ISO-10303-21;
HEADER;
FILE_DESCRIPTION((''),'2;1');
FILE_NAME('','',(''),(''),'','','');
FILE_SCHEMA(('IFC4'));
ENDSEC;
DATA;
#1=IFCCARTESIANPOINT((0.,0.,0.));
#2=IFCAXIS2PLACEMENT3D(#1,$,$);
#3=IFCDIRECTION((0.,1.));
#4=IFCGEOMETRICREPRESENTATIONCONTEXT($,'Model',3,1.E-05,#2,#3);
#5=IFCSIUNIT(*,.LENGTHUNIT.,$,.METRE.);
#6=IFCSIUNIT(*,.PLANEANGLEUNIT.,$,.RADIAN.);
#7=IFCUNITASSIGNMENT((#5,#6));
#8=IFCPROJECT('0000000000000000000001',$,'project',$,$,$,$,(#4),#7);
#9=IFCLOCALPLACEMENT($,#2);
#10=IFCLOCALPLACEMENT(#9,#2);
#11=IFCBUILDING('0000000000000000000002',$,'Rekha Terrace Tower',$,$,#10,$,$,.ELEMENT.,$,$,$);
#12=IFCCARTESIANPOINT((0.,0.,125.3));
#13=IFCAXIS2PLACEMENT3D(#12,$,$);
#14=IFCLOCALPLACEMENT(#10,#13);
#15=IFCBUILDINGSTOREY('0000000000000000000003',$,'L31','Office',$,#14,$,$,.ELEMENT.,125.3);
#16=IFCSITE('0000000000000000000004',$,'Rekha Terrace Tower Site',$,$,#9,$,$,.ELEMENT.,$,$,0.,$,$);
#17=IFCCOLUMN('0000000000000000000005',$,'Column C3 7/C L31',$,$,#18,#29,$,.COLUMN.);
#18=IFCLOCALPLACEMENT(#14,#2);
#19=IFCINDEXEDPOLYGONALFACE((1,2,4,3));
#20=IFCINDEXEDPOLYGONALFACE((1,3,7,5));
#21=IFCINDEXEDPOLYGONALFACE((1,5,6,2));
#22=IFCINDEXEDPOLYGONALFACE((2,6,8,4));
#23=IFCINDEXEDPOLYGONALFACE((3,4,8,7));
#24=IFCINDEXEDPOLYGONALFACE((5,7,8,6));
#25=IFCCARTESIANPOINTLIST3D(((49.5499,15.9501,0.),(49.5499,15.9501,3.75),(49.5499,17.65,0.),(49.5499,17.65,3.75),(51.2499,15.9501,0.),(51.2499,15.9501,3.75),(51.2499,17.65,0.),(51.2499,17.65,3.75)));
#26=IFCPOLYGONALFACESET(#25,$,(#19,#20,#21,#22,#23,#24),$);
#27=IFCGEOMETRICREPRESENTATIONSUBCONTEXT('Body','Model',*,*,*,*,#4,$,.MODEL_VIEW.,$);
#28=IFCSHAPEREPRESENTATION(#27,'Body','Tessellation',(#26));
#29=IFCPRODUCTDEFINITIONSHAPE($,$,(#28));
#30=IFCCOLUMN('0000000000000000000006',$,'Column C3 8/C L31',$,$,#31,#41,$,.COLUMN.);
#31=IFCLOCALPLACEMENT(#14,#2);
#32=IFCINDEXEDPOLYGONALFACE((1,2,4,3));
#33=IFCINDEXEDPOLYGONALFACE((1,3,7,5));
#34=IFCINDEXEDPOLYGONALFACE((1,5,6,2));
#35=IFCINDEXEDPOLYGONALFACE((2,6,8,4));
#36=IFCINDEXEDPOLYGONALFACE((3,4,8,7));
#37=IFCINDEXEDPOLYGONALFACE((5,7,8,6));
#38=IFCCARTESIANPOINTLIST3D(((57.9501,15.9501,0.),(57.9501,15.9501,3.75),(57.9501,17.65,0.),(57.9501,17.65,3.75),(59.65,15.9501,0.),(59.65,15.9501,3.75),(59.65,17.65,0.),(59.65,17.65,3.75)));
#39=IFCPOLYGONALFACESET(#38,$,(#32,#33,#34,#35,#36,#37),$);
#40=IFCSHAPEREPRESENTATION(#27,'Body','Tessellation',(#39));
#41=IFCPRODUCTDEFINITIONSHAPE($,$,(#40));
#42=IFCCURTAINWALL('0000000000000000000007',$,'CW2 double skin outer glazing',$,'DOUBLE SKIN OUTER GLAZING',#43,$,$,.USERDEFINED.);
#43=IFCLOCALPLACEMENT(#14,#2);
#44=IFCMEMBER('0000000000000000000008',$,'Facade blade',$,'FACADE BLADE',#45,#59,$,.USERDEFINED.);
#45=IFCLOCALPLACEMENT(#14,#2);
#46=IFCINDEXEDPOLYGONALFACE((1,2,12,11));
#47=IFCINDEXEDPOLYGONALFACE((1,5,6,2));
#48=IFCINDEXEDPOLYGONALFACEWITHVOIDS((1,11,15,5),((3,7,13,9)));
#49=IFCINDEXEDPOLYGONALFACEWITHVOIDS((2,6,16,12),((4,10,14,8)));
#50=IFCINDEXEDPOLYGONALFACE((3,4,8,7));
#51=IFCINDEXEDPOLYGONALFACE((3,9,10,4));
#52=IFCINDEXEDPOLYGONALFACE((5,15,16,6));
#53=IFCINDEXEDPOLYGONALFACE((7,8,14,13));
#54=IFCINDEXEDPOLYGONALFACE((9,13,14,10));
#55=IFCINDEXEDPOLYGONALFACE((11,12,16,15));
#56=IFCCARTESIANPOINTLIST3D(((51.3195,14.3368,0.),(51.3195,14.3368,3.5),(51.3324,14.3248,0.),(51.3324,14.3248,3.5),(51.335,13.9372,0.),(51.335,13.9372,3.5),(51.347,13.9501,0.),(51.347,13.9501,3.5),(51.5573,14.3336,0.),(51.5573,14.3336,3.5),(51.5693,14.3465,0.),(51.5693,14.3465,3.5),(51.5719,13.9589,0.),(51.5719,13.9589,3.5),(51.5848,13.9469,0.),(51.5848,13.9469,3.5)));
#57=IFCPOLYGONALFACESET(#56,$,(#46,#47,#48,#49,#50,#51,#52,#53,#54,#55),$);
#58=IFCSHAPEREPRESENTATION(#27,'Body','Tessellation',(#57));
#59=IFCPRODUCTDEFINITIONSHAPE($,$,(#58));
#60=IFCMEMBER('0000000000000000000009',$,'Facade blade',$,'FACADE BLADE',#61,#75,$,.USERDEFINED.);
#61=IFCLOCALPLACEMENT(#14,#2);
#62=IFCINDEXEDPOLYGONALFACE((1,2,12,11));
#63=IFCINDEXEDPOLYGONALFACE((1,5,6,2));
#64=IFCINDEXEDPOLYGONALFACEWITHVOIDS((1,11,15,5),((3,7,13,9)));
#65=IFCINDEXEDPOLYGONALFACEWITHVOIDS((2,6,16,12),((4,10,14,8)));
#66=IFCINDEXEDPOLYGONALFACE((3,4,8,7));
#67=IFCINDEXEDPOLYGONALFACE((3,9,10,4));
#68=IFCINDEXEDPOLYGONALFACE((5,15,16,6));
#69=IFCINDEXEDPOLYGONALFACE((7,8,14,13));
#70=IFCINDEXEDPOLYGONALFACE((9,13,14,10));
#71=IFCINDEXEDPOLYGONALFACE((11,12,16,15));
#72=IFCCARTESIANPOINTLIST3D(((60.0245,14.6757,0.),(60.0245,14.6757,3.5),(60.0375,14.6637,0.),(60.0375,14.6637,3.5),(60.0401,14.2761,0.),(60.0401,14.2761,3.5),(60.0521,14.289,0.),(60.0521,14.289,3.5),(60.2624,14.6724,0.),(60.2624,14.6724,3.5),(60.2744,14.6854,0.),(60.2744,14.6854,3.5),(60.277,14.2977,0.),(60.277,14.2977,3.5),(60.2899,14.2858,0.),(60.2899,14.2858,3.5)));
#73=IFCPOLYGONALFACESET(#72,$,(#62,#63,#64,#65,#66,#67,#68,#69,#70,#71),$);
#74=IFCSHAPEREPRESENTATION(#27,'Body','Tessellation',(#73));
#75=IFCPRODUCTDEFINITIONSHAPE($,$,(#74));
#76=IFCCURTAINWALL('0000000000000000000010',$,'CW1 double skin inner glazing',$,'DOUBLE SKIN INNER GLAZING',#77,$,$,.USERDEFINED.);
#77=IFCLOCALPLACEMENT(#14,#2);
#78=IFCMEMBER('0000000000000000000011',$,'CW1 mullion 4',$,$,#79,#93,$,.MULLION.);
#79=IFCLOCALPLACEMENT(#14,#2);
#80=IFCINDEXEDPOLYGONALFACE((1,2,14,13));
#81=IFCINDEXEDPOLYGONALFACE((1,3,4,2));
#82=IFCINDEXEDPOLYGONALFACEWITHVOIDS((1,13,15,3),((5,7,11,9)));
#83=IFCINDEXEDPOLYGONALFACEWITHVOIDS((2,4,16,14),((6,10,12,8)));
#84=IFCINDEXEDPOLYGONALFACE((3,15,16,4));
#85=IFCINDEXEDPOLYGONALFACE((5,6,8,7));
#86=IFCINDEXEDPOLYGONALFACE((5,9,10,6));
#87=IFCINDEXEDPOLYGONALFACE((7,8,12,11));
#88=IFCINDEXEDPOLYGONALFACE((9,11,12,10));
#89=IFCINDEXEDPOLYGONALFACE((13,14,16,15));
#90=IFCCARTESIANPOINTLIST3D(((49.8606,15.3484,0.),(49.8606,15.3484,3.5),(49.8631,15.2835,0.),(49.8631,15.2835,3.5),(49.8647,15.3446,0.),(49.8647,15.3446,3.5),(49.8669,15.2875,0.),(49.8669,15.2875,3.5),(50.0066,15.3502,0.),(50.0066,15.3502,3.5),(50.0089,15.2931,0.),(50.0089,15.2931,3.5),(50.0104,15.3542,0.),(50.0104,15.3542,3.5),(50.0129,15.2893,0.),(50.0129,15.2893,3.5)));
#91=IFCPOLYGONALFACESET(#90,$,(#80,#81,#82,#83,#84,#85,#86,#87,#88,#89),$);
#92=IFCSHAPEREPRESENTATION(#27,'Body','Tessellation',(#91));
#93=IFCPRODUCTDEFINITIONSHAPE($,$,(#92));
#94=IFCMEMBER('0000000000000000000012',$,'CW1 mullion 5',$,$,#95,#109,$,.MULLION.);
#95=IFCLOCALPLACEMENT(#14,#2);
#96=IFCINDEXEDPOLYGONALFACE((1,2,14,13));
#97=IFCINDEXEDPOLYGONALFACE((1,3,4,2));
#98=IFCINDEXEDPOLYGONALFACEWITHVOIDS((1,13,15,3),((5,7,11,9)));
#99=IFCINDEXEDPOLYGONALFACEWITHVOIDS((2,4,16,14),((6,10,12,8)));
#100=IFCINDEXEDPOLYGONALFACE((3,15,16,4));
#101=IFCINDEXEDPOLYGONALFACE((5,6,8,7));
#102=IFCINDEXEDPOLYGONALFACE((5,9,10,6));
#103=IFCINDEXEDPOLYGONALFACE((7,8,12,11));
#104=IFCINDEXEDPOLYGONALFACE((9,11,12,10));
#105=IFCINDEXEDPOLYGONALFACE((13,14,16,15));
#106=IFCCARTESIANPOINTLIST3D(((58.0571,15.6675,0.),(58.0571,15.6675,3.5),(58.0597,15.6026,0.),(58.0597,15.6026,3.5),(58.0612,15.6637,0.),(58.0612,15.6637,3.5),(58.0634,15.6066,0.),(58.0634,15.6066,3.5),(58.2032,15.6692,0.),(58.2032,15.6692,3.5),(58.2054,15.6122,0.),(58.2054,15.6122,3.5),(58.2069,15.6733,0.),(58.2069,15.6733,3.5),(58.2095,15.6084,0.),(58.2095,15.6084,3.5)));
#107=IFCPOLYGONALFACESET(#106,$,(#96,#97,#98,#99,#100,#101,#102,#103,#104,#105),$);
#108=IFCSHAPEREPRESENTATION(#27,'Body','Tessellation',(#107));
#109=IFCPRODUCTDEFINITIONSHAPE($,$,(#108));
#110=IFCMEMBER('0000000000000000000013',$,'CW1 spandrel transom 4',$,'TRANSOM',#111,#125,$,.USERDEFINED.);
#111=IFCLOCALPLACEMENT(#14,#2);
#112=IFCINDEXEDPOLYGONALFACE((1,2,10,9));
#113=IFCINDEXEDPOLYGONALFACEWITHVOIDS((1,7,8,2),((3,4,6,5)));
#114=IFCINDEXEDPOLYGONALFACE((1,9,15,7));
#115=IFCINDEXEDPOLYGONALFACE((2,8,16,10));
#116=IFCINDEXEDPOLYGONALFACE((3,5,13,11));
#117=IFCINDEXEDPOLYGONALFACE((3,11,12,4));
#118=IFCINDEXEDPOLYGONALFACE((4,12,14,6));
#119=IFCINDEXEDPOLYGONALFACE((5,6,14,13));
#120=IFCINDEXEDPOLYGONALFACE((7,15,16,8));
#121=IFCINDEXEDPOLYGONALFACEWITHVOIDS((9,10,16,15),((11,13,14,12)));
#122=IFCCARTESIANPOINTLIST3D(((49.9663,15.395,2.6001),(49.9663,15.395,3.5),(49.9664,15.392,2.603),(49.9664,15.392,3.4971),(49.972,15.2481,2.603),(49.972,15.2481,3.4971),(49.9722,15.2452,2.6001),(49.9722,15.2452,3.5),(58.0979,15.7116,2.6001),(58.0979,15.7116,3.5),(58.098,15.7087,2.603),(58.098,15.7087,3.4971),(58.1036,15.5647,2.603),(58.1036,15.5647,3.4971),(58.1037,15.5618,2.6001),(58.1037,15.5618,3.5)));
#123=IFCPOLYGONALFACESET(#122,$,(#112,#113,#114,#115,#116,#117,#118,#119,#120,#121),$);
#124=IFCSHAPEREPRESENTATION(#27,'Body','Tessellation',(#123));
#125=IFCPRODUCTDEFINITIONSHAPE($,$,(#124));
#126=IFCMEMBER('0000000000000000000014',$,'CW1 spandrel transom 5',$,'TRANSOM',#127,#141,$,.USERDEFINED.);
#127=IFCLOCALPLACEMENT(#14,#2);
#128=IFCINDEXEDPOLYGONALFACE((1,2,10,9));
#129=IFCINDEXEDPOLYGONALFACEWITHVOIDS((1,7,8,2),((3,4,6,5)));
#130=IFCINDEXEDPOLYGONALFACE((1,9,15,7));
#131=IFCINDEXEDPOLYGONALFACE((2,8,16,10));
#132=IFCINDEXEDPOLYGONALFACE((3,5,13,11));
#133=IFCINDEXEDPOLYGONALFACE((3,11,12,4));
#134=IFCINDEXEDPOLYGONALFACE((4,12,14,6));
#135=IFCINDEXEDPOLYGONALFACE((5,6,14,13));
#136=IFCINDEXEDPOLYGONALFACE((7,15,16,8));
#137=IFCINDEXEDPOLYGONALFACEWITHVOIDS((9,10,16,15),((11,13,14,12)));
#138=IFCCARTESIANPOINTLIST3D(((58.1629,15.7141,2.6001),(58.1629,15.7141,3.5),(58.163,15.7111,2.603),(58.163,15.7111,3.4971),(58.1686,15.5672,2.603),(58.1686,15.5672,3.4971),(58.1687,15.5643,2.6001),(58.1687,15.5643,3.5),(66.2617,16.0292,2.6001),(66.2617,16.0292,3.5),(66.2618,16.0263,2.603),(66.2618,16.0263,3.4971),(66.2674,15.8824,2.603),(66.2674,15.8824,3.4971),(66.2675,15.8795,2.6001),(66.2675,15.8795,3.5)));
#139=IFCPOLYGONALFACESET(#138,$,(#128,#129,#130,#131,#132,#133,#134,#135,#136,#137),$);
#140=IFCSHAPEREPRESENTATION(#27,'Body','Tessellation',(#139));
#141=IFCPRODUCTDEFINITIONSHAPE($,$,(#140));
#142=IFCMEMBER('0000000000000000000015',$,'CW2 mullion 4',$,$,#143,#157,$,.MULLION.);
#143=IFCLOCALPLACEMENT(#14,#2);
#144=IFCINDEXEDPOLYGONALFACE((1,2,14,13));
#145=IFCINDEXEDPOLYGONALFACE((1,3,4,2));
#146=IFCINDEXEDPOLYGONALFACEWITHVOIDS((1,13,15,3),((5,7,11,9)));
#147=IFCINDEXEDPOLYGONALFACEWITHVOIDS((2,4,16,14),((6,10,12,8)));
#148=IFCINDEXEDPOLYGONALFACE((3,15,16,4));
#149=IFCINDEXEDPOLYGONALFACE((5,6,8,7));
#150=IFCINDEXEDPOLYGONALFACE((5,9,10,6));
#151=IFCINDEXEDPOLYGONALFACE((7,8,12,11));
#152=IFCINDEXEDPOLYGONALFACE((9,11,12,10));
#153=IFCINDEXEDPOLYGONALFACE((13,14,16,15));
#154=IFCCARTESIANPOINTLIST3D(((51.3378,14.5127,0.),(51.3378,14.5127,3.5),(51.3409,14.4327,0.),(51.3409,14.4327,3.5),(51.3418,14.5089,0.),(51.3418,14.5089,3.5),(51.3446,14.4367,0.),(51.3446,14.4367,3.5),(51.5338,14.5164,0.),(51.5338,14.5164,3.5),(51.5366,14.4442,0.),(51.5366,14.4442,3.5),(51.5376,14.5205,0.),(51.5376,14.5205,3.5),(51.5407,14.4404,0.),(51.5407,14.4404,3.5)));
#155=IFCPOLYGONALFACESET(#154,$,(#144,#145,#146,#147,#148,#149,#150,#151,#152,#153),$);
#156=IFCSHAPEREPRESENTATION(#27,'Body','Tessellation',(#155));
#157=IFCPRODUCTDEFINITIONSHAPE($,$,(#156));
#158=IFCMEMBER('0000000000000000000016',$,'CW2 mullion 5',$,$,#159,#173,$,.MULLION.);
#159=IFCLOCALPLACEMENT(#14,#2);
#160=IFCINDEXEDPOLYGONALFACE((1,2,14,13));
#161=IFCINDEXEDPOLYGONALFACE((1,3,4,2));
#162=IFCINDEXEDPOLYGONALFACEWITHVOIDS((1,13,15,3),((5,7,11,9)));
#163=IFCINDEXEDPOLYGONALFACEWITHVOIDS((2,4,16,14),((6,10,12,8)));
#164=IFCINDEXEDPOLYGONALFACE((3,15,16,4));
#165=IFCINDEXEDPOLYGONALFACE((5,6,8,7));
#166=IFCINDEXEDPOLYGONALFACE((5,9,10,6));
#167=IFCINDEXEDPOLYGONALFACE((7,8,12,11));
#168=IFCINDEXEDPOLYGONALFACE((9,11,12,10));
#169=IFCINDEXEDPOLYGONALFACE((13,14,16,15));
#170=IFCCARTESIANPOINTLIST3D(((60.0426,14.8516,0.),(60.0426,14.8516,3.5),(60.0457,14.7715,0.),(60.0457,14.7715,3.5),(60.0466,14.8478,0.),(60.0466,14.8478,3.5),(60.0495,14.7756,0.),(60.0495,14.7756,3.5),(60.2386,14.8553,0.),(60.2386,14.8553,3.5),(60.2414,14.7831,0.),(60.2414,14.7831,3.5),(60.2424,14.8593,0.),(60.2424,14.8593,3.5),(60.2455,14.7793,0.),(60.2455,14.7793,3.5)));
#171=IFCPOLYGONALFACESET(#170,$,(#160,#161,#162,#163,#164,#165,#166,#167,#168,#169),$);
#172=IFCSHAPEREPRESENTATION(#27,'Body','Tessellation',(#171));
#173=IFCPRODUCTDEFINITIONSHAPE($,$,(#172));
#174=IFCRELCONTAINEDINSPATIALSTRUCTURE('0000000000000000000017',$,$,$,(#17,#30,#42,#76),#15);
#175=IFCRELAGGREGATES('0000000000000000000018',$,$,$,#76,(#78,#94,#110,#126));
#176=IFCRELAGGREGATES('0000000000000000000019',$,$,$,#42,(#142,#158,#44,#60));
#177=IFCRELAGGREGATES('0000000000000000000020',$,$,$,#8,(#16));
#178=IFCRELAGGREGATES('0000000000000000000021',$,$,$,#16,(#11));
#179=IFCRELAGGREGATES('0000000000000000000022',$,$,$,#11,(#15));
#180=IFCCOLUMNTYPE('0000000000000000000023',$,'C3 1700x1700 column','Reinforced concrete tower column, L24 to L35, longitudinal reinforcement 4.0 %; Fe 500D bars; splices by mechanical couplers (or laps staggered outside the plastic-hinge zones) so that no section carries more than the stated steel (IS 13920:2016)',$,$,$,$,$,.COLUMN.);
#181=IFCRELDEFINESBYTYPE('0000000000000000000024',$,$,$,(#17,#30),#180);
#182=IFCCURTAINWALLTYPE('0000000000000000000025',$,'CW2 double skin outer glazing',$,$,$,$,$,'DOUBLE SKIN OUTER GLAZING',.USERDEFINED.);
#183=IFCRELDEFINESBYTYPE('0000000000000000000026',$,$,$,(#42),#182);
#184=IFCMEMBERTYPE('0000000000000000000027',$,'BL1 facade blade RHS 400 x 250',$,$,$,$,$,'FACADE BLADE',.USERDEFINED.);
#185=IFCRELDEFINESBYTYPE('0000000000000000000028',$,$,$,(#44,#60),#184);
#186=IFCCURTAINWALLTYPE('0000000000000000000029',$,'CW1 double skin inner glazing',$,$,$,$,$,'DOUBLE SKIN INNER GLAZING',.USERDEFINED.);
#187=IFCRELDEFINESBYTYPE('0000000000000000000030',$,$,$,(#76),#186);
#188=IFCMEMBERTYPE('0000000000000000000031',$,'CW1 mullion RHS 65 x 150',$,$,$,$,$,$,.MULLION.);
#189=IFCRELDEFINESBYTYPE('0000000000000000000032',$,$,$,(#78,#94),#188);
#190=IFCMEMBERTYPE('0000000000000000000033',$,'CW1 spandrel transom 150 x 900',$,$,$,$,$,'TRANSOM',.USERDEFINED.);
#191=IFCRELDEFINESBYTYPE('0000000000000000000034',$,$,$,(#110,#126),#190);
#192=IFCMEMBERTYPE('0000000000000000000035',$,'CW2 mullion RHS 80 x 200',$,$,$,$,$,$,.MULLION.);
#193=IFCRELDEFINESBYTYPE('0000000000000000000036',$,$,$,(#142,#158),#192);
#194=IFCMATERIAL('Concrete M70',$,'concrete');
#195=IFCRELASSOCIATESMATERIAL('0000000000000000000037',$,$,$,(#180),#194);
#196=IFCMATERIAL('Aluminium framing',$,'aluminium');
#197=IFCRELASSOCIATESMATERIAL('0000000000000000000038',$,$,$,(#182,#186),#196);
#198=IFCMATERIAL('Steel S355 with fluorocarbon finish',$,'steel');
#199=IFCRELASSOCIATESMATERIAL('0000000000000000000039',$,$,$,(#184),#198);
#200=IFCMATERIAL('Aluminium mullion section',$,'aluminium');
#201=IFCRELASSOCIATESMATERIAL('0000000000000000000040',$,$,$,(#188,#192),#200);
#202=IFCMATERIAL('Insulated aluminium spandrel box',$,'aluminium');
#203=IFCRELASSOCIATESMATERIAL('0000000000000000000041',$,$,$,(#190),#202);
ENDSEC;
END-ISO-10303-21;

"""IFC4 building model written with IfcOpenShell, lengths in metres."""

from ifc_helpers import new_model, si_unit, direction, frame, origin, origin_2d, place, context, subcontext, project, spatial, rectangle, hollow_rectangle, extrude, material, material_profile, profile_set, type_object, element, aggregate, save


model = new_model("IFC4")

# Units and contexts
model_context = context("Model", 3, precision=1e-05, world=origin(), true_north=direction((0.0, 1.0)))
body_context = subcontext(model_context, "Body", "Model", "MODEL_VIEW")
ifc_project = project(units=[si_unit("LENGTHUNIT", "METRE"), si_unit("PLANEANGLEUNIT", "RADIAN")], contexts=[model_context])

# Site, building, storey
site_placement = place(None, origin())
site = spatial("IfcSite", under=ifc_project, at=site_placement, Name="Rekha Terrace Tower Site", CompositionType="ELEMENT", RefElevation=0.0)
building_placement = place(site_placement, origin())
building = spatial("IfcBuilding", under=site, at=building_placement, Name="Rekha Terrace Tower", CompositionType="ELEMENT")
storey_placement = place(building_placement, frame((0.0, 0.0, 125.3)))
storey = spatial("IfcBuildingStorey", under=building, at=storey_placement, Name="L31", Description="Office", CompositionType="ELEMENT", Elevation=125.3)

# Columns
ifc_material_1 = material(Name="Concrete M70", Category="concrete")
ifc_material_profile_1 = material_profile(ifc_material_1, rectangle(XDim=1.7, YDim=1.7, at=origin_2d()), Name="RC 1700x1700")
ifc_profile_set_1 = profile_set([ifc_material_profile_1], Name="Concrete M70")
column_type = type_object("IfcColumnType", Name="C3 1700x1700 column", Description="Reinforced concrete tower column, L24 to L35, longitudinal reinforcement 4.0 %; Fe 500D bars; splices by mechanical couplers (or laps staggered outside the plastic-hinge zones) so that no section carries more than the stated steel (IS 13920:2016)", PredefinedType="COLUMN", material=ifc_profile_set_1)
for number, where, z_axis, x_axis, name in (
    (1, (50.3999, 16.8, 0.0), (0.0, 0.0, 1.0), (1.0, 0.0, 0.0), "Column C3 7/C L31"),
    (2, (58.8, 16.8, 0.0), (0.0, 0.0, 1.0), (1.0, 0.0, 0.0), "Column C3 8/C L31"),
):
    element("IfcColumn", number, at=place(storey_placement, frame(where, z_axis=z_axis, x_axis=x_axis)), inside=storey, type_object=column_type, Name=name, PredefinedType="COLUMN", context=body_context, shape_type="SweptSolid", body=[
        extrude(rectangle(XDim=1.7, YDim=1.7, at=origin_2d()), origin(), (0.0, 0.0, 1.0), 3.75),
    ])

# Curtain walls, members
ifc_material_2 = material(Name="Aluminium framing", Category="aluminium")
curtain_wall_type_1 = type_object("IfcCurtainWallType", Name="CW2 double skin outer glazing", ElementType="DOUBLE SKIN OUTER GLAZING", PredefinedType="USERDEFINED", material=ifc_material_2)
curtain_wall_1_placement = place(storey_placement, origin())
curtain_wall_1 = element("IfcCurtainWall", 3, at=curtain_wall_1_placement, inside=storey, type_object=curtain_wall_type_1, Name="CW2 double skin outer glazing", ObjectType="DOUBLE SKIN OUTER GLAZING", PredefinedType="USERDEFINED")
ifc_material_3 = material(Name="Steel S355 with fluorocarbon finish", Category="steel")
ifc_material_profile_2 = material_profile(ifc_material_3, hollow_rectangle(XDim=0.25, YDim=0.3999, WallThickness=0.0125, at=origin_2d()), Name="RHS400x250x12.5")
ifc_profile_set_2 = profile_set([ifc_material_profile_2], Name="Steel S355 with fluorocarbon finish")
member_type_1 = type_object("IfcMemberType", Name="BL1 facade blade RHS 400 x 250", ElementType="FACADE BLADE", PredefinedType="USERDEFINED", material=ifc_profile_set_2)
member_1_placement = place(storey_placement, frame((51.4521, 14.1418, 0.0), z_axis=(0.0, 0.0, 1.0), x_axis=(0.999243, 0.03889, 0.0)))
member_1 = element("IfcMember", 4, at=member_1_placement, type_object=member_type_1, Name="Facade blade", ObjectType="FACADE BLADE", PredefinedType="USERDEFINED", context=body_context, shape_type="SweptSolid", body=[
    extrude(hollow_rectangle(XDim=0.25, YDim=0.3999, WallThickness=0.0125, at=origin_2d()), origin(), (0.0, 0.0, 1.0), 3.5),
])
member_2_placement = place(storey_placement, frame((60.1572, 14.4807, 0.0), z_axis=(0.0, 0.0, 1.0), x_axis=(0.999243, 0.03889, 0.0)))
member_2 = element("IfcMember", 5, at=member_2_placement, type_object=member_type_1, Name="Facade blade", ObjectType="FACADE BLADE", PredefinedType="USERDEFINED", context=body_context, shape_type="SweptSolid", body=[
    extrude(hollow_rectangle(XDim=0.25, YDim=0.3999, WallThickness=0.0125, at=origin_2d()), origin(), (0.0, 0.0, 1.0), 3.5),
])
curtain_wall_type_2 = type_object("IfcCurtainWallType", Name="CW1 double skin inner glazing", ElementType="DOUBLE SKIN INNER GLAZING", PredefinedType="USERDEFINED", material=ifc_material_2)
curtain_wall_2_placement = place(storey_placement, origin())
curtain_wall_2 = element("IfcCurtainWall", 6, at=curtain_wall_2_placement, inside=storey, type_object=curtain_wall_type_2, Name="CW1 double skin inner glazing", ObjectType="DOUBLE SKIN INNER GLAZING", PredefinedType="USERDEFINED")
ifc_material_4 = material(Name="Aluminium mullion section", Category="aluminium")
ifc_material_profile_3 = material_profile(ifc_material_4, hollow_rectangle(XDim=0.0649, YDim=0.1499, WallThickness=0.0039, at=origin_2d()), Name="AL RHS 65x150")
ifc_profile_set_3 = profile_set([ifc_material_profile_3], Name="Aluminium mullion section")
member_type_2 = type_object("IfcMemberType", Name="CW1 mullion RHS 65 x 150", PredefinedType="MULLION", material=ifc_profile_set_3)
member_3_placement = place(storey_placement, frame((49.9368, 15.3188, 0.0), z_axis=(0.0, 0.0, 1.0), x_axis=(-0.03889, 0.999243, 0.0)))
member_3 = element("IfcMember", 7, at=member_3_placement, type_object=member_type_2, Name="CW1 mullion 4", PredefinedType="MULLION", context=body_context, shape_type="SweptSolid", body=[
    extrude(hollow_rectangle(XDim=0.0649, YDim=0.1499, WallThickness=0.0039, at=origin_2d()), origin(), (0.0, 0.0, 1.0), 3.5),
])
member_4_placement = place(storey_placement, frame((58.1333, 15.6379, 0.0), z_axis=(0.0, 0.0, 1.0), x_axis=(-0.03889, 0.999243, 0.0)))
member_4 = element("IfcMember", 8, at=member_4_placement, type_object=member_type_2, Name="CW1 mullion 5", PredefinedType="MULLION", context=body_context, shape_type="SweptSolid", body=[
    extrude(hollow_rectangle(XDim=0.0649, YDim=0.1499, WallThickness=0.0039, at=origin_2d()), origin(), (0.0, 0.0, 1.0), 3.5),
])
ifc_material_5 = material(Name="Insulated aluminium spandrel box", Category="aluminium")
ifc_material_profile_4 = material_profile(ifc_material_5, hollow_rectangle(XDim=0.1499, YDim=0.8999, WallThickness=0.0029, at=origin_2d()), Name="AL SPANDREL BOX 150x900")
ifc_profile_set_4 = profile_set([ifc_material_profile_4], Name="Insulated aluminium spandrel box")
member_type_3 = type_object("IfcMemberType", Name="CW1 spandrel transom 150 x 900", ElementType="TRANSOM", PredefinedType="USERDEFINED", material=ifc_profile_set_4)
member_5_placement = place(storey_placement, frame((49.9692, 15.3201, 3.05), z_axis=(0.999243, 0.038911, 0.0), x_axis=(-0.038911, 0.999243, 0.0)))
member_5 = element("IfcMember", 9, at=member_5_placement, type_object=member_type_3, Name="CW1 spandrel transom 4", ObjectType="TRANSOM", PredefinedType="USERDEFINED", context=body_context, shape_type="SweptSolid", body=[
    extrude(hollow_rectangle(XDim=0.1499, YDim=0.8999, WallThickness=0.0029, at=origin_2d()), origin(), (0.0, 0.0, 1.0), 8.1377),
])
member_6_placement = place(storey_placement, frame((58.1658, 15.6392, 3.05), z_axis=(0.999244, 0.038888, 0.0), x_axis=(-0.038888, 0.999244, 0.0)))
member_6 = element("IfcMember", 10, at=member_6_placement, type_object=member_type_3, Name="CW1 spandrel transom 5", ObjectType="TRANSOM", PredefinedType="USERDEFINED", context=body_context, shape_type="SweptSolid", body=[
    extrude(hollow_rectangle(XDim=0.1499, YDim=0.8999, WallThickness=0.0029, at=origin_2d()), origin(), (0.0, 0.0, 1.0), 8.105),
])

# Members
ifc_material_profile_5 = material_profile(ifc_material_4, hollow_rectangle(XDim=0.0801, YDim=0.2, WallThickness=0.0039, at=origin_2d()), Name="AL RHS 80x200")
ifc_profile_set_5 = profile_set([ifc_material_profile_5], Name="Aluminium mullion section")
member_type_4 = type_object("IfcMemberType", Name="CW2 mullion RHS 80 x 200", PredefinedType="MULLION", material=ifc_profile_set_5)
member_7_placement = place(storey_placement, frame((51.4392, 14.4766, 0.0), z_axis=(0.0, 0.0, 1.0), x_axis=(-0.03889, 0.999243, 0.0)))
member_7 = element("IfcMember", 11, at=member_7_placement, type_object=member_type_4, Name="CW2 mullion 4", PredefinedType="MULLION", context=body_context, shape_type="SweptSolid", body=[
    extrude(hollow_rectangle(XDim=0.0801, YDim=0.2, WallThickness=0.0039, at=origin_2d()), origin(), (0.0, 0.0, 1.0), 3.5),
])
member_8_placement = place(storey_placement, frame((60.144, 14.8154, 0.0), z_axis=(0.0, 0.0, 1.0), x_axis=(-0.03889, 0.999243, 0.0)))
member_8 = element("IfcMember", 12, at=member_8_placement, type_object=member_type_4, Name="CW2 mullion 5", PredefinedType="MULLION", context=body_context, shape_type="SweptSolid", body=[
    extrude(hollow_rectangle(XDim=0.0801, YDim=0.2, WallThickness=0.0039, at=origin_2d()), origin(), (0.0, 0.0, 1.0), 3.5),
])

aggregate(curtain_wall_2, [member_3, member_4, member_5, member_6])
aggregate(curtain_wall_1, [member_7, member_8, member_1, member_2])

save(model, "model.ifc")
